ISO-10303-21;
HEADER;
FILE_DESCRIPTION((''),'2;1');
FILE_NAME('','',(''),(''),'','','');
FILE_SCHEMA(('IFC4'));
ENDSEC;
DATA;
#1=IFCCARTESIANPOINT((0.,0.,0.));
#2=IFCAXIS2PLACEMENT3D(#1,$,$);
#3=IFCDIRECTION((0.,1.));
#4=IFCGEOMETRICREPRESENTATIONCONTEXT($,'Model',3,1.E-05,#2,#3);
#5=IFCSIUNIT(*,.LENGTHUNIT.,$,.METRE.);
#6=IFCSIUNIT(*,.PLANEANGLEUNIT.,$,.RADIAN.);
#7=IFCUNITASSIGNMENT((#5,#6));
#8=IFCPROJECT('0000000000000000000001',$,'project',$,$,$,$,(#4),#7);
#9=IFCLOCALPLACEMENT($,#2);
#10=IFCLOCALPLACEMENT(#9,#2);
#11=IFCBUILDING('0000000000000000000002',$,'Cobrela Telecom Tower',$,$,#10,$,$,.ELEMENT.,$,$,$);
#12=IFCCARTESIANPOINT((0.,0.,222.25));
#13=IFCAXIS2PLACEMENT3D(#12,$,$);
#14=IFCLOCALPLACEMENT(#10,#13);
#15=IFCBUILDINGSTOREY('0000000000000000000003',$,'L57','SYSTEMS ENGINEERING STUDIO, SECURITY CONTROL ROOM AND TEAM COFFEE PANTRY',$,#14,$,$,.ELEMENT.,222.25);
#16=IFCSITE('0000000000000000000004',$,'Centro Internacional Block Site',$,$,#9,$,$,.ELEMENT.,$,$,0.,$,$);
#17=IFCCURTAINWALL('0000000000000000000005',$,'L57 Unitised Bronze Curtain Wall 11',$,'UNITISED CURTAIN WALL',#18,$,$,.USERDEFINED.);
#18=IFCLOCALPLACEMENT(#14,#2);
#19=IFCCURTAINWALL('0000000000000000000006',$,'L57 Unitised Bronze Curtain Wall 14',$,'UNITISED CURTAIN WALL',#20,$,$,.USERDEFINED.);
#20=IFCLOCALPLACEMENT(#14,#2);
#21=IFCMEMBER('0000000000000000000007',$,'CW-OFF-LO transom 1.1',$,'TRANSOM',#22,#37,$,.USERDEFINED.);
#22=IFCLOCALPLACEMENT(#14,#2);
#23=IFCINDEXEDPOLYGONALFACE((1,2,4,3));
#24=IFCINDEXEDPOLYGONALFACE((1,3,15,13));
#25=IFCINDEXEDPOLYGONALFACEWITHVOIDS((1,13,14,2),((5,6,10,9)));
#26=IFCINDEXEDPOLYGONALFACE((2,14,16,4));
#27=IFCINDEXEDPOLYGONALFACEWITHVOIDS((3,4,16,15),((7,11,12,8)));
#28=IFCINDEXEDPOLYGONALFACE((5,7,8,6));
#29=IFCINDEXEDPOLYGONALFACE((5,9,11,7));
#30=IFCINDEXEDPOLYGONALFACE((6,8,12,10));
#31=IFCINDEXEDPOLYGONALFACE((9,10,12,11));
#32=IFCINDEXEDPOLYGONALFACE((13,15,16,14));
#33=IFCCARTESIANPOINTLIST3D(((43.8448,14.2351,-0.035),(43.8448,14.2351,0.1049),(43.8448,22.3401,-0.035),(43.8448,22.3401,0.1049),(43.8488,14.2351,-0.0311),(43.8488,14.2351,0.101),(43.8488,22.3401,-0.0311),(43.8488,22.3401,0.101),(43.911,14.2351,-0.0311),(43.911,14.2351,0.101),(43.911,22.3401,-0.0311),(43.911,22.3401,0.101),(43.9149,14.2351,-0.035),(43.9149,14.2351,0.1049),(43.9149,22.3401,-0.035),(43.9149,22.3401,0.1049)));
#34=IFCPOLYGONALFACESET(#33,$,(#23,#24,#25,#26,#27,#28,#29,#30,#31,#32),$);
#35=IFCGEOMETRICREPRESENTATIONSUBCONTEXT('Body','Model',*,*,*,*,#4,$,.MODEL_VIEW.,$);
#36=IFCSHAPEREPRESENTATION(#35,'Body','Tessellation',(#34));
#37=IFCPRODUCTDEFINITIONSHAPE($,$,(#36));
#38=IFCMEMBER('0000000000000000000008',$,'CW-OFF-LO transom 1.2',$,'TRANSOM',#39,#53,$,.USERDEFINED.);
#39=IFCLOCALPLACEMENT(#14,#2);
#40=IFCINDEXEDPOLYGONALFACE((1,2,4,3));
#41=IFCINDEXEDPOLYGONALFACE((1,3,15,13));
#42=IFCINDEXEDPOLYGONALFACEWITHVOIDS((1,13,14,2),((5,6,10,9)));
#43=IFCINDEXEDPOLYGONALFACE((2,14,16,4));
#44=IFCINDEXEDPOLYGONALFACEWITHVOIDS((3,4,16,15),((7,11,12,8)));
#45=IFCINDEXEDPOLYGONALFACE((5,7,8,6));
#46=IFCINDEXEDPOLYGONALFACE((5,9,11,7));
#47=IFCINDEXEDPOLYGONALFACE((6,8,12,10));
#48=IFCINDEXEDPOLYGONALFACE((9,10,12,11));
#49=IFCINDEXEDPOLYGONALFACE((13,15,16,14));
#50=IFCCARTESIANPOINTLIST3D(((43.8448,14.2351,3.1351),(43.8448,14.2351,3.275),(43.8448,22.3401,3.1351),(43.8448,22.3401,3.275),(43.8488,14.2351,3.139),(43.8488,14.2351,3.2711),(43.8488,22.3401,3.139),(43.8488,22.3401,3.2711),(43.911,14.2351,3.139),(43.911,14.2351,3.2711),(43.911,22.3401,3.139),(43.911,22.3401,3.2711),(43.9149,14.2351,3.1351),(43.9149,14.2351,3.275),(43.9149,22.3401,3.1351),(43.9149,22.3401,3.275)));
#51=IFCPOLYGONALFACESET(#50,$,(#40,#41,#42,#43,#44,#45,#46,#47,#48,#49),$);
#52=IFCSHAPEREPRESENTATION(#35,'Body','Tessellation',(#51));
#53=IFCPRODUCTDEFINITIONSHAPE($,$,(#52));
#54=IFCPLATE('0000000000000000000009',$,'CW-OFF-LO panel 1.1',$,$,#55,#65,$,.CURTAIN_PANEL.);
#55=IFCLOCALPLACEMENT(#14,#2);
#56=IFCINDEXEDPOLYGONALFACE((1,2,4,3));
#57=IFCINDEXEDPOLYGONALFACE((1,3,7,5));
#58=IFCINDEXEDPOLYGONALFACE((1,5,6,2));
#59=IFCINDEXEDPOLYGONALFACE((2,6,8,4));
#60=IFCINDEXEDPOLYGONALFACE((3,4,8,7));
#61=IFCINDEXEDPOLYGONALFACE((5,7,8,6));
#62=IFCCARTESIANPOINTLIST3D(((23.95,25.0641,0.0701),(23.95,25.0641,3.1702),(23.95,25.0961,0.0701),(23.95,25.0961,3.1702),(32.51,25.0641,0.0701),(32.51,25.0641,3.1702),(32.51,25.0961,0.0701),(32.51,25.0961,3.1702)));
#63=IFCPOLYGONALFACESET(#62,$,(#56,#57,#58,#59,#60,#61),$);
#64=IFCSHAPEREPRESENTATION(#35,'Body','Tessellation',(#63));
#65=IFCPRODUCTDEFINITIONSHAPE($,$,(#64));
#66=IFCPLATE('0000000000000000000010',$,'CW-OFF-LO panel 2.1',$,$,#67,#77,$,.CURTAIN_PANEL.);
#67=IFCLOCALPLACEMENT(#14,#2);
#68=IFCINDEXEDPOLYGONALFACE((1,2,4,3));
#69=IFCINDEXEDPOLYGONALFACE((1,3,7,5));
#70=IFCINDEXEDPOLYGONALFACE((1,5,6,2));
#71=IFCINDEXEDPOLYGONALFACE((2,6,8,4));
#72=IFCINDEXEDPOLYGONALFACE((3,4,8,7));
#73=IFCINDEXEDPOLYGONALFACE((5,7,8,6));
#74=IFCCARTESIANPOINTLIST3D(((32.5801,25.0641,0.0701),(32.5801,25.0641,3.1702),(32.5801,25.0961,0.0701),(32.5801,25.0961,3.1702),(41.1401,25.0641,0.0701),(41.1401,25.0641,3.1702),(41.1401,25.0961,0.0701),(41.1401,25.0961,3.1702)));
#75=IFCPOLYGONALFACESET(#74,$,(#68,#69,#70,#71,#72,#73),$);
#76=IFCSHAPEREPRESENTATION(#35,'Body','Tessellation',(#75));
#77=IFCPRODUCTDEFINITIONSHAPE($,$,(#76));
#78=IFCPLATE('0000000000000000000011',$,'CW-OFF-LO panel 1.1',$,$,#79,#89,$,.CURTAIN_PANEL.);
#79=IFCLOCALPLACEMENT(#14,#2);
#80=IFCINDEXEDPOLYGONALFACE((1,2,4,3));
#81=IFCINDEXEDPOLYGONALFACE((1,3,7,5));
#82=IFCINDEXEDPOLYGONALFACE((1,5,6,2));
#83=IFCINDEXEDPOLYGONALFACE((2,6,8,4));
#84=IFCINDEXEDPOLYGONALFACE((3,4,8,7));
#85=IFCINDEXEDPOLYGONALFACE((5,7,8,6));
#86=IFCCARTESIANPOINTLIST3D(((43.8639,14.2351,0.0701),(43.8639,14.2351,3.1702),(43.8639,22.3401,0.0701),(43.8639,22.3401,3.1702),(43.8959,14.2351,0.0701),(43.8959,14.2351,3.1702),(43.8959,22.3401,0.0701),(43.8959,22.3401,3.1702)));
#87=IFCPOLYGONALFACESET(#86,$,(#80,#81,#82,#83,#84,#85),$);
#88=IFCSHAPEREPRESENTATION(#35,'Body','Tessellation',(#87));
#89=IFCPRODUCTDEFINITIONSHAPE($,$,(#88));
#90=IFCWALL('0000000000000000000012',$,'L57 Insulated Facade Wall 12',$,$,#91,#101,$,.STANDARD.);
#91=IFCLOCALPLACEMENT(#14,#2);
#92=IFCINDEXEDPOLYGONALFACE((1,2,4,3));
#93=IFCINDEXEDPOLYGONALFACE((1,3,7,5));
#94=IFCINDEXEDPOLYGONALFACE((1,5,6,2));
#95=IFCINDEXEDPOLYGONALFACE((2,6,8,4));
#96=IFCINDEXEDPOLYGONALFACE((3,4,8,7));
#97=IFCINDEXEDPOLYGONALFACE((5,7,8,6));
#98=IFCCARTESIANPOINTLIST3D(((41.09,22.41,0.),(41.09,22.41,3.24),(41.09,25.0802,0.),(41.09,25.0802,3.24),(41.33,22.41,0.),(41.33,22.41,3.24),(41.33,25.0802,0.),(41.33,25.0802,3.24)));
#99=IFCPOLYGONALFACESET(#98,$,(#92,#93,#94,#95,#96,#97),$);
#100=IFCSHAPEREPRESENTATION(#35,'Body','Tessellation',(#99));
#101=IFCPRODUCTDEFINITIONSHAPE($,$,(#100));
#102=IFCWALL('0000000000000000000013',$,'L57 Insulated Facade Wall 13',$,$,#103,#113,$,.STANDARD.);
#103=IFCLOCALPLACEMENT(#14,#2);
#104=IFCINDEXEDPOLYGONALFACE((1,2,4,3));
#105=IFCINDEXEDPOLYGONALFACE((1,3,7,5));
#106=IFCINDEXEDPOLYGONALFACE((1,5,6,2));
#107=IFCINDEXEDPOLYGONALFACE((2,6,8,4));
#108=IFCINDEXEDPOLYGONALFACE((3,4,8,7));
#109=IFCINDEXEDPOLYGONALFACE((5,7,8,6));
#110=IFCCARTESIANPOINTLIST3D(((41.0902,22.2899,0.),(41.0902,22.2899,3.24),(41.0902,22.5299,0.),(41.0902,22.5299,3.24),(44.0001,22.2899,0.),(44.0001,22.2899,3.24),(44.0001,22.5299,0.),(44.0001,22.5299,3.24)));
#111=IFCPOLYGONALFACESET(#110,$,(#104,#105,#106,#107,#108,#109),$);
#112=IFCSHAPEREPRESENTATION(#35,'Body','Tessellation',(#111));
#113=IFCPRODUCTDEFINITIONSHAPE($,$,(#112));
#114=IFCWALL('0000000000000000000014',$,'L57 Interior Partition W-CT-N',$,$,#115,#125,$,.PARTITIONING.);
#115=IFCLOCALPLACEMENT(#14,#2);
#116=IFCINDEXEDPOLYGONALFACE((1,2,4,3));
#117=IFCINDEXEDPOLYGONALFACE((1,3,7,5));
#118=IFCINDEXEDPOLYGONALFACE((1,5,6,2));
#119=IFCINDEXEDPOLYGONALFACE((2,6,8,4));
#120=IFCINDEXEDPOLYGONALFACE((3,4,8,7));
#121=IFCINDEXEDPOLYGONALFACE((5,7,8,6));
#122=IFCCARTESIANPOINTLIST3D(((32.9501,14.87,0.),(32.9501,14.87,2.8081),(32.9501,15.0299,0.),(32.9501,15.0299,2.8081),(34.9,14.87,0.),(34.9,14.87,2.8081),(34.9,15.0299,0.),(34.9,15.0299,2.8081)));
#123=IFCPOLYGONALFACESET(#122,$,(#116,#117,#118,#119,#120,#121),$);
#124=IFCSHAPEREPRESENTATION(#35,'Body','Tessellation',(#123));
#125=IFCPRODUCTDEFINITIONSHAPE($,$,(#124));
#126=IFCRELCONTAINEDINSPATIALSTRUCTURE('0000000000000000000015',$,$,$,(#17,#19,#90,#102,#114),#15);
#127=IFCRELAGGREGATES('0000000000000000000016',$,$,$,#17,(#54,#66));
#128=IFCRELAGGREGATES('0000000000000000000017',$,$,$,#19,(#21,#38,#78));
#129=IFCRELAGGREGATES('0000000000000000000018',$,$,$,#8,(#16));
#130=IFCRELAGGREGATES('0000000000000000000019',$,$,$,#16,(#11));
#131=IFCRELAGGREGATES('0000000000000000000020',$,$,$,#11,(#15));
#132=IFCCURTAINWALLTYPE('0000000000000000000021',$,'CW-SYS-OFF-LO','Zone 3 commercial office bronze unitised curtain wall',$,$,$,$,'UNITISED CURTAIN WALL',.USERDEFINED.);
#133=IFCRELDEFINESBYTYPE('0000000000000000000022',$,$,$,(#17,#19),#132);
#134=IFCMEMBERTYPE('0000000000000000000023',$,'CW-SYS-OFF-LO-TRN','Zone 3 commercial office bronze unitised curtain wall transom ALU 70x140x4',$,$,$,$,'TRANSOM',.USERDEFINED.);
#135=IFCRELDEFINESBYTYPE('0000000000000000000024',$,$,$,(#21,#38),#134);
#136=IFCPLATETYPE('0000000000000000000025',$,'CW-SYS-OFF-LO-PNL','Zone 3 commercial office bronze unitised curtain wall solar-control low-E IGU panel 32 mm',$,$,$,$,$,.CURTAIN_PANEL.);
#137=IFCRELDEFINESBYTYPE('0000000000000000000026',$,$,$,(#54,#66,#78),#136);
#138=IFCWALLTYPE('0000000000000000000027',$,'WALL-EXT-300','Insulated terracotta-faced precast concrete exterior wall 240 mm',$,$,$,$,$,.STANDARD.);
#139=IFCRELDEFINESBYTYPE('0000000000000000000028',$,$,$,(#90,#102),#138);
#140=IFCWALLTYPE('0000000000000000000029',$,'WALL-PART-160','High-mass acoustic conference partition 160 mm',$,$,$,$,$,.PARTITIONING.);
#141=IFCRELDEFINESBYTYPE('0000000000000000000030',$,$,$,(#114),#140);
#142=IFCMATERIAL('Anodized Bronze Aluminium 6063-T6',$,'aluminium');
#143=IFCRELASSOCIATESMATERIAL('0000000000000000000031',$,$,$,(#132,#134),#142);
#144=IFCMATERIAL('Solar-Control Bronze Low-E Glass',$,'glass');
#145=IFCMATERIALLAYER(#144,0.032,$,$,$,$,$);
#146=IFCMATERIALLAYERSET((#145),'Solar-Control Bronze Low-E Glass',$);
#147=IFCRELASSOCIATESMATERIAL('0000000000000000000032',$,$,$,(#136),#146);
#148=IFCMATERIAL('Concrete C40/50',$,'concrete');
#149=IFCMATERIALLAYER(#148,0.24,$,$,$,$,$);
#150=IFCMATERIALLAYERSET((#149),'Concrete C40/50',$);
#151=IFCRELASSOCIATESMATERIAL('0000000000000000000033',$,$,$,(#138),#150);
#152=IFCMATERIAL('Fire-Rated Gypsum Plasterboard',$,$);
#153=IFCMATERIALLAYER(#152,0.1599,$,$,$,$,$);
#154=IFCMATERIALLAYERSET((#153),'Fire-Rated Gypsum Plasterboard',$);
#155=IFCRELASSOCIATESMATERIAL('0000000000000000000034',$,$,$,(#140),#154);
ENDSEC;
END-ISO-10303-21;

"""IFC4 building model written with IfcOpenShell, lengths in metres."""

from ifc_helpers import new_model, si_unit, direction, frame, frame_2d, origin, origin_2d, place, context, subcontext, project, spatial, rectangle, hollow_rectangle, extrude, material, layer, layer_set, material_profile, profile_set, type_object, element, aggregate, save


model = new_model("IFC4")

# Units and contexts
model_context = context("Model", 3, precision=1e-05, world=origin(), true_north=direction((0.0, 1.0)))
body_context = subcontext(model_context, "Body", "Model", "MODEL_VIEW")
ifc_project = project(units=[si_unit("LENGTHUNIT", "METRE"), si_unit("PLANEANGLEUNIT", "RADIAN")], contexts=[model_context])

# Site, building, storey
site_placement = place(None, origin())
site = spatial("IfcSite", under=ifc_project, at=site_placement, Name="Centro Internacional Block Site", CompositionType="ELEMENT", RefElevation=0.0)
building_placement = place(site_placement, origin())
building = spatial("IfcBuilding", under=site, at=building_placement, Name="Cobrela Telecom Tower", CompositionType="ELEMENT")
storey_placement = place(building_placement, frame((0.0, 0.0, 222.25)))
storey = spatial("IfcBuildingStorey", under=building, at=storey_placement, Name="L57", Description="SYSTEMS ENGINEERING STUDIO, SECURITY CONTROL ROOM AND TEAM COFFEE PANTRY", CompositionType="ELEMENT", Elevation=222.25)

# Curtain wall
ifc_material_1 = material(Name="Anodized Bronze Aluminium 6063-T6", Category="aluminium")
curtain_wall_type = type_object("IfcCurtainWallType", Name="CW-SYS-OFF-LO", Description="Zone 3 commercial office bronze unitised curtain wall", ElementType="UNITISED CURTAIN WALL", PredefinedType="USERDEFINED", material=ifc_material_1)
curtain_wall_1_placement = place(storey_placement, origin())
curtain_wall_1 = element("IfcCurtainWall", 1, at=curtain_wall_1_placement, inside=storey, type_object=curtain_wall_type, Name="L57 Unitised Bronze Curtain Wall 11", ObjectType="UNITISED CURTAIN WALL", PredefinedType="USERDEFINED")

# Curtain wall
curtain_wall_2_placement = place(storey_placement, origin())
curtain_wall_2 = element("IfcCurtainWall", 2, at=curtain_wall_2_placement, inside=storey, type_object=curtain_wall_type, Name="L57 Unitised Bronze Curtain Wall 14", ObjectType="UNITISED CURTAIN WALL", PredefinedType="USERDEFINED")

# Members
ifc_material_profile_1 = material_profile(ifc_material_1, hollow_rectangle(XDim=0.0701, YDim=0.1399, WallThickness=0.0039, at=origin_2d()), Name="ALU 70x140x4")
ifc_profile_set_1 = profile_set([ifc_material_profile_1], Name="Anodized Bronze Aluminium 6063-T6")
member_type_1 = type_object("IfcMemberType", Name="CW-SYS-OFF-LO-TRN", Description="Zone 3 commercial office bronze unitised curtain wall transom ALU 70x140x4", ElementType="TRANSOM", PredefinedType="USERDEFINED", material=ifc_profile_set_1)
member_1_placement = place(storey_placement, frame((43.8799, 22.3401, 0.0349), z_axis=(0.0, -1.0, 0.0), x_axis=(1.0, 0.0, 0.0)))
member_1 = element("IfcMember", 3, at=member_1_placement, type_object=member_type_1, Name="CW-OFF-LO transom 1.1", ObjectType="TRANSOM", PredefinedType="USERDEFINED", context=body_context, shape_type="SweptSolid", body=[
    extrude(hollow_rectangle(XDim=0.0701, YDim=0.1399, WallThickness=0.0039, at=origin_2d()), origin(), (0.0, 0.0, 1.0), 8.105),
])
member_2_placement = place(storey_placement, frame((43.8799, 22.3401, 3.2051), z_axis=(0.0, -1.0, 0.0), x_axis=(1.0, 0.0, 0.0)))
member_2 = element("IfcMember", 4, at=member_2_placement, type_object=member_type_1, Name="CW-OFF-LO transom 1.2", ObjectType="TRANSOM", PredefinedType="USERDEFINED", context=body_context, shape_type="SweptSolid", body=[
    extrude(hollow_rectangle(XDim=0.0701, YDim=0.1399, WallThickness=0.0039, at=origin_2d()), origin(), (0.0, 0.0, 1.0), 8.105),
])

# Plates
ifc_material_2 = material(Name="Solar-Control Bronze Low-E Glass", Category="glass")
ifc_layer_1 = layer(ifc_material_2, 0.032)
ifc_layer_set_1 = layer_set([ifc_layer_1], Name="Solar-Control Bronze Low-E Glass")
plate_type = type_object("IfcPlateType", Name="CW-SYS-OFF-LO-PNL", Description="Zone 3 commercial office bronze unitised curtain wall solar-control low-E IGU panel 32 mm", PredefinedType="CURTAIN_PANEL", material=ifc_layer_set_1)
plate_1_placement = place(storey_placement, frame((28.23, 25.0801, 0.0701), z_axis=(0.0, 0.0, 1.0), x_axis=(1.0, 0.0, 0.0)))
plate_1 = element("IfcPlate", 5, at=plate_1_placement, type_object=plate_type, Name="CW-OFF-LO panel 1.1", PredefinedType="CURTAIN_PANEL", context=body_context, shape_type="SweptSolid", body=[
    extrude(rectangle(XDim=8.5601, YDim=0.032, at=origin_2d()), origin(), (0.0, 0.0, 1.0), 3.1001),
])
plate_2_placement = place(storey_placement, frame((36.8601, 25.0801, 0.0701), z_axis=(0.0, 0.0, 1.0), x_axis=(1.0, 0.0, 0.0)))
plate_2 = element("IfcPlate", 6, at=plate_2_placement, type_object=plate_type, Name="CW-OFF-LO panel 2.1", PredefinedType="CURTAIN_PANEL", context=body_context, shape_type="SweptSolid", body=[
    extrude(rectangle(XDim=8.5601, YDim=0.032, at=origin_2d()), origin(), (0.0, 0.0, 1.0), 3.1001),
])
aggregate(curtain_wall_1, [plate_1, plate_2])
plate_3_placement = place(storey_placement, frame((43.8799, 18.2876, 0.0701), z_axis=(0.0, 0.0, 1.0), x_axis=(0.0, -1.0, 0.0)))
plate_3 = element("IfcPlate", 7, at=plate_3_placement, type_object=plate_type, Name="CW-OFF-LO panel 1.1", PredefinedType="CURTAIN_PANEL", context=body_context, shape_type="SweptSolid", body=[
    extrude(rectangle(XDim=8.105, YDim=0.032, at=origin_2d()), origin(), (0.0, 0.0, 1.0), 3.1001),
])
aggregate(curtain_wall_2, [member_1, member_2, plate_3])

# Walls
ifc_material_3 = material(Name="Concrete C40/50", Category="concrete")
ifc_layer_2 = layer(ifc_material_3, 0.24)
ifc_layer_set_2 = layer_set([ifc_layer_2], Name="Concrete C40/50")
wall_type_1 = type_object("IfcWallType", Name="WALL-EXT-300", Description="Insulated terracotta-faced precast concrete exterior wall 240 mm", PredefinedType="STANDARD", material=ifc_layer_set_2)
wall_1_placement = place(storey_placement, frame((41.21, 25.0801, 0.0), z_axis=(0.0, 0.0, 1.0), x_axis=(0.0, -1.0, 0.0)))
element("IfcWall", 8, at=wall_1_placement, inside=storey, type_object=wall_type_1, Name="L57 Insulated Facade Wall 12", PredefinedType="STANDARD", context=body_context, shape_type="SweptSolid", body=[
    extrude(rectangle(XDim=2.6702, YDim=0.24, at=frame_2d((1.335, 0.0))), origin(), (0.0, 0.0, 1.0), 3.24),
])
wall_2_placement = place(storey_placement, frame((41.0901, 22.4099, 0.0), z_axis=(0.0, 0.0, 1.0), x_axis=(1.0, 0.0, 0.0)))
element("IfcWall", 9, at=wall_2_placement, inside=storey, type_object=wall_type_1, Name="L57 Insulated Facade Wall 13", PredefinedType="STANDARD", context=body_context, shape_type="SweptSolid", body=[
    extrude(rectangle(XDim=2.9099, YDim=0.24, at=frame_2d((1.4551, 0.0))), origin(), (0.0, 0.0, 1.0), 3.24),
])
ifc_material_4 = material(Name="Fire-Rated Gypsum Plasterboard")
ifc_layer_3 = layer(ifc_material_4, 0.1599)
ifc_layer_set_3 = layer_set([ifc_layer_3], Name="Fire-Rated Gypsum Plasterboard")
wall_type_2 = type_object("IfcWallType", Name="WALL-PART-160", Description="High-mass acoustic conference partition 160 mm", PredefinedType="PARTITIONING", material=ifc_layer_set_3)
wall_3_placement = place(storey_placement, frame((32.95, 14.95, 0.0), z_axis=(0.0, 0.0, 1.0), x_axis=(1.0, 0.0, 0.0)))
element("IfcWall", 10, at=wall_3_placement, inside=storey, type_object=wall_type_2, Name="L57 Interior Partition W-CT-N", PredefinedType="PARTITIONING", context=body_context, shape_type="SweptSolid", body=[
    extrude(rectangle(XDim=1.95, YDim=0.1599, at=frame_2d((0.9751, 0.0))), origin(), (0.0, 0.0, 1.0), 2.8081),
])

save(model, "model.ifc")
